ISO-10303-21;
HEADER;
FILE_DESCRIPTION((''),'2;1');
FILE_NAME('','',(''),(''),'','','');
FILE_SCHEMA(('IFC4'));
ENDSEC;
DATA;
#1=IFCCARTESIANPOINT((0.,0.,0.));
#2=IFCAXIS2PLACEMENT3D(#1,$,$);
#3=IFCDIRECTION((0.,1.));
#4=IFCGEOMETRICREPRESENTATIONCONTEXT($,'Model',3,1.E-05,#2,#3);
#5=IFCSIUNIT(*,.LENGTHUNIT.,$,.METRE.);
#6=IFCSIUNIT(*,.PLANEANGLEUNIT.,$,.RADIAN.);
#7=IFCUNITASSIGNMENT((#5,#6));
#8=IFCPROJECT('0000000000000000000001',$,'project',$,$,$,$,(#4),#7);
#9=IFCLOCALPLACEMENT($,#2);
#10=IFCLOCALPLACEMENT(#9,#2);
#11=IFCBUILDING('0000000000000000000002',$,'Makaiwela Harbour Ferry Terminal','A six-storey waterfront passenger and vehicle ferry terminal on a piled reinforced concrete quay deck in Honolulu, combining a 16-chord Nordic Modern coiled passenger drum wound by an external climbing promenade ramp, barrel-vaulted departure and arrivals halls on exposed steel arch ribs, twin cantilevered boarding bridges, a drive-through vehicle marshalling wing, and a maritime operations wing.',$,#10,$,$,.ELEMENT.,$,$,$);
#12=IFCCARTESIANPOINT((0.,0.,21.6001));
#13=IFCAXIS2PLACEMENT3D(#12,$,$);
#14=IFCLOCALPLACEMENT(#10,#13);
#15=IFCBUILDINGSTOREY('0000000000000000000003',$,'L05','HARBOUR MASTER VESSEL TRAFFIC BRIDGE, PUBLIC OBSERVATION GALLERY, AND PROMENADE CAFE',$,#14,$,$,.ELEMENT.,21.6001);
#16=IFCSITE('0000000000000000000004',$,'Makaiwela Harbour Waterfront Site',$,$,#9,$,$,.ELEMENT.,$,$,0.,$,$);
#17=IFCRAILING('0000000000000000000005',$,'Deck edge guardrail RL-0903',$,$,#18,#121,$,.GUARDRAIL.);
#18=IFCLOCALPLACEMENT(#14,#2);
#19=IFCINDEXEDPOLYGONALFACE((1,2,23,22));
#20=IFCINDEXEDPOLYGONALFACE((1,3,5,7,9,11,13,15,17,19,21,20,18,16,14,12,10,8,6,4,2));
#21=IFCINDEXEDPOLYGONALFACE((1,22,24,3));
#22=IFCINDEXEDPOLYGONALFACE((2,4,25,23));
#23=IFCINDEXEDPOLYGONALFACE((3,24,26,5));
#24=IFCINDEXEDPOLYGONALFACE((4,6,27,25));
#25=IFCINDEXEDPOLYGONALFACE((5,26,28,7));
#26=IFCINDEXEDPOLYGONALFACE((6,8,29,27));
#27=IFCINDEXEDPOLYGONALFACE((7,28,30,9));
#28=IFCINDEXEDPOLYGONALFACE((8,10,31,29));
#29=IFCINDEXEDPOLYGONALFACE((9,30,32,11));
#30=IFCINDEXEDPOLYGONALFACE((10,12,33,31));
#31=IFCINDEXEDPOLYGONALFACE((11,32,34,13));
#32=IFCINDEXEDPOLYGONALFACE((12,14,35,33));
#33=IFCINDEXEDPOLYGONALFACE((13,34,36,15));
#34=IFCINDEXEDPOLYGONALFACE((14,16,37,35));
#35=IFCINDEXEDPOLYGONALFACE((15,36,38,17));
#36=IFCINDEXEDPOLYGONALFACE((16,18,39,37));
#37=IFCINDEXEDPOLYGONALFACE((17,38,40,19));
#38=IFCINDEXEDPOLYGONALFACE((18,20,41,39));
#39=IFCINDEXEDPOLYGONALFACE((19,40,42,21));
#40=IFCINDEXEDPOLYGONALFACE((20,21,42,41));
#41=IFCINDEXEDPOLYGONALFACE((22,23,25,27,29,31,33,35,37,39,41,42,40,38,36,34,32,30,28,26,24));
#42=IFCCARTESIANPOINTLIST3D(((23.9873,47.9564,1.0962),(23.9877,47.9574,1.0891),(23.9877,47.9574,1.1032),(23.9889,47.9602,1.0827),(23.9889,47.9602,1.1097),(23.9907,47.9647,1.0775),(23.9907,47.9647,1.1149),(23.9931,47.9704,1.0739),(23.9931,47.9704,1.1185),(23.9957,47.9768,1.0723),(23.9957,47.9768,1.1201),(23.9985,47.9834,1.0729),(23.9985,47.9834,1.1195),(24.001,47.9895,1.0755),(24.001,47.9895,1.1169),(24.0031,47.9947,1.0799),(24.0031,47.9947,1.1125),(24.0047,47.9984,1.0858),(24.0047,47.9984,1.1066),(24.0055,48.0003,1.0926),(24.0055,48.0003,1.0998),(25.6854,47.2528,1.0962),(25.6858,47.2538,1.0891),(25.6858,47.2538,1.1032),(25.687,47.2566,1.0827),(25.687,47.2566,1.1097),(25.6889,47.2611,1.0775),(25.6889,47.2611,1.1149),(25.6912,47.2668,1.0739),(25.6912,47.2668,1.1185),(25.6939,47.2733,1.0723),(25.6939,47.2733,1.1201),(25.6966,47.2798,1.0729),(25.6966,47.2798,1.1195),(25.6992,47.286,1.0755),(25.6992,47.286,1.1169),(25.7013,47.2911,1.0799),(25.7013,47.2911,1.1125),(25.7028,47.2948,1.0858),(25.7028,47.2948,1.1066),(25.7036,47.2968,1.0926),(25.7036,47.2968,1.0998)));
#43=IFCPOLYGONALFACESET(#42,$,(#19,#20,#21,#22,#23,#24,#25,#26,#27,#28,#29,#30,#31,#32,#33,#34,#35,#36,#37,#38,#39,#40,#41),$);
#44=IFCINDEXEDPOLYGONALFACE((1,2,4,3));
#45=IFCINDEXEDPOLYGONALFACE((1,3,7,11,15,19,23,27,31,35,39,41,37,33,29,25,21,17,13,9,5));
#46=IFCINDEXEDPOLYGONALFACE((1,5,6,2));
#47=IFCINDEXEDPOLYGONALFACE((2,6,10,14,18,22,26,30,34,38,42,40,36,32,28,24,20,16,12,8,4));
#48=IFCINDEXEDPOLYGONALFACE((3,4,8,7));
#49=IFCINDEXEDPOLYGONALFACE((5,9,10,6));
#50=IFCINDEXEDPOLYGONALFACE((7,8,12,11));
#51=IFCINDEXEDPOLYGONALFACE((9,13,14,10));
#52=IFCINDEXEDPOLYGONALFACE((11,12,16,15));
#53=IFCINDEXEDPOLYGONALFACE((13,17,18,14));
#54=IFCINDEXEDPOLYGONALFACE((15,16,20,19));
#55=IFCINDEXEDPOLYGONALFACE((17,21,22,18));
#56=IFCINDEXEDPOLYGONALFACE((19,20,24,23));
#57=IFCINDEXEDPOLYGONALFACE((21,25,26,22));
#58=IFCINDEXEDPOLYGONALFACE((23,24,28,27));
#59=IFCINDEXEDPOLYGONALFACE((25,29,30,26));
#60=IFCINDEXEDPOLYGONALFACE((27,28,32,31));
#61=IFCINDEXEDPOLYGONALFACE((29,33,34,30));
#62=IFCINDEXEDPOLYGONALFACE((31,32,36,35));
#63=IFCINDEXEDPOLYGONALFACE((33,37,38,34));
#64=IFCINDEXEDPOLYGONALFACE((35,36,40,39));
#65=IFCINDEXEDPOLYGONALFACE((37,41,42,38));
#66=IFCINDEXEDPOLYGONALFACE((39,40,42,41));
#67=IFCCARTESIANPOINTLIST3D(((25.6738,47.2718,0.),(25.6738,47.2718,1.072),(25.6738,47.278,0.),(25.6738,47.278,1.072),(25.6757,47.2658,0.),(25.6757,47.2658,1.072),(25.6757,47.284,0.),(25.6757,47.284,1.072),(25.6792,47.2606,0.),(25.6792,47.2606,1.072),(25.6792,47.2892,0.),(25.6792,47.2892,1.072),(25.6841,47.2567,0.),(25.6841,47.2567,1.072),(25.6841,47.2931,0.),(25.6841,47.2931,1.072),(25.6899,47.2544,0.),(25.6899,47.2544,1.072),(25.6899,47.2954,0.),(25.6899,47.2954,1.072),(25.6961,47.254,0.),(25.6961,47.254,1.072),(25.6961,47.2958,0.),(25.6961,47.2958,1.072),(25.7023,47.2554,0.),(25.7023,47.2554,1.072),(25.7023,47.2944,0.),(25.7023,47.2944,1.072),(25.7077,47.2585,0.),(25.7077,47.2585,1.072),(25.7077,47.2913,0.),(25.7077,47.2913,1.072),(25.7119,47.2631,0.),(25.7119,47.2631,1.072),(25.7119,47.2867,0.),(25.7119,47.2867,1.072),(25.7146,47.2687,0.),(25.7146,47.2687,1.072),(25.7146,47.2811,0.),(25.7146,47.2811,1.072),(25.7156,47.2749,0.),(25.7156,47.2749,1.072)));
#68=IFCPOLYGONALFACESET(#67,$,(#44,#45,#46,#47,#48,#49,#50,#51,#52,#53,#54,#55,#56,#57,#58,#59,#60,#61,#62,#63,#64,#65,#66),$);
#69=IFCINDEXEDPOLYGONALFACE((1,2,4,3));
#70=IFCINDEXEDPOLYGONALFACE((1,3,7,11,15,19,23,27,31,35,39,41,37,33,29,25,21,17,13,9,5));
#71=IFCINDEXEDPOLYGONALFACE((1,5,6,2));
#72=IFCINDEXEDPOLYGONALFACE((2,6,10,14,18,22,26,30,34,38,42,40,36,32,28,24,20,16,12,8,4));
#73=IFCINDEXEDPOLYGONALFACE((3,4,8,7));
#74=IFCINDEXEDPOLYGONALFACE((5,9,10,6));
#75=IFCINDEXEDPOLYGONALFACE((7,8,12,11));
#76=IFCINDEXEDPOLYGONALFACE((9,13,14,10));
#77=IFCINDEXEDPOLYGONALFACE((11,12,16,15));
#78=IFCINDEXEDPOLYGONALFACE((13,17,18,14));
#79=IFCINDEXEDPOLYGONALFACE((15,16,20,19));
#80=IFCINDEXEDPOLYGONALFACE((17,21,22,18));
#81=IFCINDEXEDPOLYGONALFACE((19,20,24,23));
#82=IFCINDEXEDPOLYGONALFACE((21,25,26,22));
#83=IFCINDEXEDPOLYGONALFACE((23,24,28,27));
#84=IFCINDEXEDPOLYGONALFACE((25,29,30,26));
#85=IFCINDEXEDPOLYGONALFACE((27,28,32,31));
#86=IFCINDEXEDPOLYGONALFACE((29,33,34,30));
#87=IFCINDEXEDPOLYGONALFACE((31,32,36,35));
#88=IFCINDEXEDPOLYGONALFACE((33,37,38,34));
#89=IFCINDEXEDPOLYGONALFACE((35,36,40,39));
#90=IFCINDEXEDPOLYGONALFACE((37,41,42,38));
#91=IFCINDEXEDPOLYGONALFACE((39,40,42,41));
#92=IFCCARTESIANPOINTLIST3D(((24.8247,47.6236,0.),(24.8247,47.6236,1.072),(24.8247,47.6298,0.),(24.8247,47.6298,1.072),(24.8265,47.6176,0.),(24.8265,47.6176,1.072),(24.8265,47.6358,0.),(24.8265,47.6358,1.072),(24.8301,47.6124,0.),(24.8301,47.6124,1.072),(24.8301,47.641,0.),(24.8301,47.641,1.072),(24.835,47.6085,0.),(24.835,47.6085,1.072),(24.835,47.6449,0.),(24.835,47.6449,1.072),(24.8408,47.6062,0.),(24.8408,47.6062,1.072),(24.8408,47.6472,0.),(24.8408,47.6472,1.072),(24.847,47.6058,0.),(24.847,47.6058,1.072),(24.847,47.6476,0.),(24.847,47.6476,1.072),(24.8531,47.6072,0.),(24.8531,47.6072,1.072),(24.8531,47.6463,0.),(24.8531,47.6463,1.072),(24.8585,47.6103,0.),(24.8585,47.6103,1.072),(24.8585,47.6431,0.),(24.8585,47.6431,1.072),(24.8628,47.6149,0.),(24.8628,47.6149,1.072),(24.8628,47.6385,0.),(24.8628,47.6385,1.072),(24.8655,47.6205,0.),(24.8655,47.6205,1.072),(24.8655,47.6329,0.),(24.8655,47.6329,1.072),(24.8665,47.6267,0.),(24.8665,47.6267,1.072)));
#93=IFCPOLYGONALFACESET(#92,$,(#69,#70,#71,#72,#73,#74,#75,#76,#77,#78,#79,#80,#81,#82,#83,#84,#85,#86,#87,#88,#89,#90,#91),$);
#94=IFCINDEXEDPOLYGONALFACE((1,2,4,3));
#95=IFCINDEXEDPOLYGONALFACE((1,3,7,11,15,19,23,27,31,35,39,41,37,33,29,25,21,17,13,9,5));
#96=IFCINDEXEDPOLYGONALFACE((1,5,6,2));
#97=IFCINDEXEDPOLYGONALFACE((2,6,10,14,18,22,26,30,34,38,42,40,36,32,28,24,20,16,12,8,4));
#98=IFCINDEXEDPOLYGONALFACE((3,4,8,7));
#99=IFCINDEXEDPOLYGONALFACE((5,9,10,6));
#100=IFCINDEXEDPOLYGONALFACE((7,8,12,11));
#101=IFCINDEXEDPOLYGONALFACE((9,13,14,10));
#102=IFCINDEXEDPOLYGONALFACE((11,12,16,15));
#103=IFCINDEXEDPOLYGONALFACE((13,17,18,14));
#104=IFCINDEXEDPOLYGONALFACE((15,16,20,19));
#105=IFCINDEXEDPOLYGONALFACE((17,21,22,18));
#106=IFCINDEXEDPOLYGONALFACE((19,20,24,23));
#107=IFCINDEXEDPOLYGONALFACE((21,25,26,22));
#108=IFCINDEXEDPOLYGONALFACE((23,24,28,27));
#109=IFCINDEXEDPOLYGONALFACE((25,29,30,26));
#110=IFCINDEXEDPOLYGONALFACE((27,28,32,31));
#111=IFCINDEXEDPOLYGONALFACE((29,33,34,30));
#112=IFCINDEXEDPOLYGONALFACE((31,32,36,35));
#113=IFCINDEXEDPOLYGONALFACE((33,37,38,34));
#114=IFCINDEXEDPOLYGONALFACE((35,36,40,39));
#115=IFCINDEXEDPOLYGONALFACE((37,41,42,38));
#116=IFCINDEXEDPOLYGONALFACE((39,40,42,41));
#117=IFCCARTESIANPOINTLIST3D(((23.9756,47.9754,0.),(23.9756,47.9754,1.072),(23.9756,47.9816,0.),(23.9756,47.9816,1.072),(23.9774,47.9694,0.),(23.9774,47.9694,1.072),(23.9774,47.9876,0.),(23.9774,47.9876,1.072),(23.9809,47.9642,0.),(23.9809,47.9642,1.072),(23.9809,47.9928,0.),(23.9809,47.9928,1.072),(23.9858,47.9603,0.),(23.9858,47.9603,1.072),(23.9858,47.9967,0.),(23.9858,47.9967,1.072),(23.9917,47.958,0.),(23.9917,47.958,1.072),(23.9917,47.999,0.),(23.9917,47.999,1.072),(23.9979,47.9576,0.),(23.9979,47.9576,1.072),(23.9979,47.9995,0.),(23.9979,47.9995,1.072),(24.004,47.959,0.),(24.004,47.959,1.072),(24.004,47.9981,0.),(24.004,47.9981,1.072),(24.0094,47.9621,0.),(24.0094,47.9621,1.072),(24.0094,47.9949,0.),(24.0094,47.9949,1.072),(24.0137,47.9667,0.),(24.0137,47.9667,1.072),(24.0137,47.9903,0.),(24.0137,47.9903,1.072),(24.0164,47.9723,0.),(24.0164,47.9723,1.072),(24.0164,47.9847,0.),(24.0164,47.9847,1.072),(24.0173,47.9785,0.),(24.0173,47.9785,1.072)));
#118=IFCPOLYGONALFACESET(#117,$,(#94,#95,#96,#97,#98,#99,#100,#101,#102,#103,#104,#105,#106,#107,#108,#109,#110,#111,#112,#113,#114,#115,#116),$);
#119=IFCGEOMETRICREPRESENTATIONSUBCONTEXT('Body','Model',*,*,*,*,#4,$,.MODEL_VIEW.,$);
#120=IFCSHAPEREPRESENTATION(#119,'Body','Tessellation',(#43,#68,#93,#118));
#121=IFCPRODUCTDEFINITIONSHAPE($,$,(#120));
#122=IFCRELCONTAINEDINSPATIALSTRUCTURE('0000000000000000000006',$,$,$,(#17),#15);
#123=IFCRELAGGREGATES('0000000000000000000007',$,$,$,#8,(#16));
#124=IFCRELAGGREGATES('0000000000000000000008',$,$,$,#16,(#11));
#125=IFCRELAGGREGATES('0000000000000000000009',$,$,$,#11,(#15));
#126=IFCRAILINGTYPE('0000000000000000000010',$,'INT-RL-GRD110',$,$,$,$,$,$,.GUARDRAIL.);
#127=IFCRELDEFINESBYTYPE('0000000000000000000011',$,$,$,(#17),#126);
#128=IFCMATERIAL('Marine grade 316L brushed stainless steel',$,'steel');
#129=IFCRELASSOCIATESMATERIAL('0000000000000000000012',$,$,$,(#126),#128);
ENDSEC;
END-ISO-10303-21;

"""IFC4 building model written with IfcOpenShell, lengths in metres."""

from ifc_helpers import new_model, si_unit, direction, frame, origin, origin_2d, place, context, subcontext, project, spatial, circle, extrude, material, type_object, element, save


model = new_model("IFC4")

# Units and contexts
model_context = context("Model", 3, precision=1e-05, world=origin(), true_north=direction((0.0, 1.0)))
body_context = subcontext(model_context, "Body", "Model", "MODEL_VIEW")
ifc_project = project(units=[si_unit("LENGTHUNIT", "METRE"), si_unit("PLANEANGLEUNIT", "RADIAN")], contexts=[model_context])

# Site, building, storey
site_placement = place(None, origin())
site = spatial("IfcSite", under=ifc_project, at=site_placement, Name="Makaiwela Harbour Waterfront Site", CompositionType="ELEMENT", RefElevation=0.0)
building_placement = place(site_placement, origin())
building = spatial("IfcBuilding", under=site, at=building_placement, Name="Makaiwela Harbour Ferry Terminal", Description="A six-storey waterfront passenger and vehicle ferry terminal on a piled reinforced concrete quay deck in Honolulu, combining a 16-chord Nordic Modern coiled passenger drum wound by an external climbing promenade ramp, barrel-vaulted departure and arrivals halls on exposed steel arch ribs, twin cantilevered boarding bridges, a drive-through vehicle marshalling wing, and a maritime operations wing.", CompositionType="ELEMENT")
storey_placement = place(building_placement, frame((0.0, 0.0, 21.6001)))
storey = spatial("IfcBuildingStorey", under=building, at=storey_placement, Name="L05", Description="HARBOUR MASTER VESSEL TRAFFIC BRIDGE, PUBLIC OBSERVATION GALLERY, AND PROMENADE CAFE", CompositionType="ELEMENT", Elevation=21.6001)

# Railing
ifc_material_1 = material(Name="Marine grade 316L brushed stainless steel", Category="steel")
railing_type = type_object("IfcRailingType", Name="INT-RL-GRD110", PredefinedType="GUARDRAIL", material=ifc_material_1)
railing_1_placement = place(storey_placement, frame((25.6946, 47.2749, 0.0)))
element("IfcRailing", 1, at=railing_1_placement, inside=storey, type_object=railing_type, Name="Deck edge guardrail RL-0903", PredefinedType="GUARDRAIL", context=body_context, shape_type="SweptSolid", body=[
    extrude(circle(Radius=0.0239, at=origin_2d()), frame((0.0, 0.0, 1.0962), z_axis=(-0.923845, 0.382766, 0.0), x_axis=(-0.382766, -0.923845, 0.0)), (0.0, 0.0, 1.0), 1.8381),
    extrude(circle(Radius=0.021, at=origin_2d()), origin(), (0.0, 0.0, 1.0), 1.072),
    extrude(circle(Radius=0.021, at=origin_2d()), frame((-0.8491, 0.3518, 0.0)), (0.0, 0.0, 1.0), 1.072),
    extrude(circle(Radius=0.021, at=origin_2d()), frame((-1.6982, 0.7036, 0.0)), (0.0, 0.0, 1.0), 1.072),
])

save(model, "model.ifc")
